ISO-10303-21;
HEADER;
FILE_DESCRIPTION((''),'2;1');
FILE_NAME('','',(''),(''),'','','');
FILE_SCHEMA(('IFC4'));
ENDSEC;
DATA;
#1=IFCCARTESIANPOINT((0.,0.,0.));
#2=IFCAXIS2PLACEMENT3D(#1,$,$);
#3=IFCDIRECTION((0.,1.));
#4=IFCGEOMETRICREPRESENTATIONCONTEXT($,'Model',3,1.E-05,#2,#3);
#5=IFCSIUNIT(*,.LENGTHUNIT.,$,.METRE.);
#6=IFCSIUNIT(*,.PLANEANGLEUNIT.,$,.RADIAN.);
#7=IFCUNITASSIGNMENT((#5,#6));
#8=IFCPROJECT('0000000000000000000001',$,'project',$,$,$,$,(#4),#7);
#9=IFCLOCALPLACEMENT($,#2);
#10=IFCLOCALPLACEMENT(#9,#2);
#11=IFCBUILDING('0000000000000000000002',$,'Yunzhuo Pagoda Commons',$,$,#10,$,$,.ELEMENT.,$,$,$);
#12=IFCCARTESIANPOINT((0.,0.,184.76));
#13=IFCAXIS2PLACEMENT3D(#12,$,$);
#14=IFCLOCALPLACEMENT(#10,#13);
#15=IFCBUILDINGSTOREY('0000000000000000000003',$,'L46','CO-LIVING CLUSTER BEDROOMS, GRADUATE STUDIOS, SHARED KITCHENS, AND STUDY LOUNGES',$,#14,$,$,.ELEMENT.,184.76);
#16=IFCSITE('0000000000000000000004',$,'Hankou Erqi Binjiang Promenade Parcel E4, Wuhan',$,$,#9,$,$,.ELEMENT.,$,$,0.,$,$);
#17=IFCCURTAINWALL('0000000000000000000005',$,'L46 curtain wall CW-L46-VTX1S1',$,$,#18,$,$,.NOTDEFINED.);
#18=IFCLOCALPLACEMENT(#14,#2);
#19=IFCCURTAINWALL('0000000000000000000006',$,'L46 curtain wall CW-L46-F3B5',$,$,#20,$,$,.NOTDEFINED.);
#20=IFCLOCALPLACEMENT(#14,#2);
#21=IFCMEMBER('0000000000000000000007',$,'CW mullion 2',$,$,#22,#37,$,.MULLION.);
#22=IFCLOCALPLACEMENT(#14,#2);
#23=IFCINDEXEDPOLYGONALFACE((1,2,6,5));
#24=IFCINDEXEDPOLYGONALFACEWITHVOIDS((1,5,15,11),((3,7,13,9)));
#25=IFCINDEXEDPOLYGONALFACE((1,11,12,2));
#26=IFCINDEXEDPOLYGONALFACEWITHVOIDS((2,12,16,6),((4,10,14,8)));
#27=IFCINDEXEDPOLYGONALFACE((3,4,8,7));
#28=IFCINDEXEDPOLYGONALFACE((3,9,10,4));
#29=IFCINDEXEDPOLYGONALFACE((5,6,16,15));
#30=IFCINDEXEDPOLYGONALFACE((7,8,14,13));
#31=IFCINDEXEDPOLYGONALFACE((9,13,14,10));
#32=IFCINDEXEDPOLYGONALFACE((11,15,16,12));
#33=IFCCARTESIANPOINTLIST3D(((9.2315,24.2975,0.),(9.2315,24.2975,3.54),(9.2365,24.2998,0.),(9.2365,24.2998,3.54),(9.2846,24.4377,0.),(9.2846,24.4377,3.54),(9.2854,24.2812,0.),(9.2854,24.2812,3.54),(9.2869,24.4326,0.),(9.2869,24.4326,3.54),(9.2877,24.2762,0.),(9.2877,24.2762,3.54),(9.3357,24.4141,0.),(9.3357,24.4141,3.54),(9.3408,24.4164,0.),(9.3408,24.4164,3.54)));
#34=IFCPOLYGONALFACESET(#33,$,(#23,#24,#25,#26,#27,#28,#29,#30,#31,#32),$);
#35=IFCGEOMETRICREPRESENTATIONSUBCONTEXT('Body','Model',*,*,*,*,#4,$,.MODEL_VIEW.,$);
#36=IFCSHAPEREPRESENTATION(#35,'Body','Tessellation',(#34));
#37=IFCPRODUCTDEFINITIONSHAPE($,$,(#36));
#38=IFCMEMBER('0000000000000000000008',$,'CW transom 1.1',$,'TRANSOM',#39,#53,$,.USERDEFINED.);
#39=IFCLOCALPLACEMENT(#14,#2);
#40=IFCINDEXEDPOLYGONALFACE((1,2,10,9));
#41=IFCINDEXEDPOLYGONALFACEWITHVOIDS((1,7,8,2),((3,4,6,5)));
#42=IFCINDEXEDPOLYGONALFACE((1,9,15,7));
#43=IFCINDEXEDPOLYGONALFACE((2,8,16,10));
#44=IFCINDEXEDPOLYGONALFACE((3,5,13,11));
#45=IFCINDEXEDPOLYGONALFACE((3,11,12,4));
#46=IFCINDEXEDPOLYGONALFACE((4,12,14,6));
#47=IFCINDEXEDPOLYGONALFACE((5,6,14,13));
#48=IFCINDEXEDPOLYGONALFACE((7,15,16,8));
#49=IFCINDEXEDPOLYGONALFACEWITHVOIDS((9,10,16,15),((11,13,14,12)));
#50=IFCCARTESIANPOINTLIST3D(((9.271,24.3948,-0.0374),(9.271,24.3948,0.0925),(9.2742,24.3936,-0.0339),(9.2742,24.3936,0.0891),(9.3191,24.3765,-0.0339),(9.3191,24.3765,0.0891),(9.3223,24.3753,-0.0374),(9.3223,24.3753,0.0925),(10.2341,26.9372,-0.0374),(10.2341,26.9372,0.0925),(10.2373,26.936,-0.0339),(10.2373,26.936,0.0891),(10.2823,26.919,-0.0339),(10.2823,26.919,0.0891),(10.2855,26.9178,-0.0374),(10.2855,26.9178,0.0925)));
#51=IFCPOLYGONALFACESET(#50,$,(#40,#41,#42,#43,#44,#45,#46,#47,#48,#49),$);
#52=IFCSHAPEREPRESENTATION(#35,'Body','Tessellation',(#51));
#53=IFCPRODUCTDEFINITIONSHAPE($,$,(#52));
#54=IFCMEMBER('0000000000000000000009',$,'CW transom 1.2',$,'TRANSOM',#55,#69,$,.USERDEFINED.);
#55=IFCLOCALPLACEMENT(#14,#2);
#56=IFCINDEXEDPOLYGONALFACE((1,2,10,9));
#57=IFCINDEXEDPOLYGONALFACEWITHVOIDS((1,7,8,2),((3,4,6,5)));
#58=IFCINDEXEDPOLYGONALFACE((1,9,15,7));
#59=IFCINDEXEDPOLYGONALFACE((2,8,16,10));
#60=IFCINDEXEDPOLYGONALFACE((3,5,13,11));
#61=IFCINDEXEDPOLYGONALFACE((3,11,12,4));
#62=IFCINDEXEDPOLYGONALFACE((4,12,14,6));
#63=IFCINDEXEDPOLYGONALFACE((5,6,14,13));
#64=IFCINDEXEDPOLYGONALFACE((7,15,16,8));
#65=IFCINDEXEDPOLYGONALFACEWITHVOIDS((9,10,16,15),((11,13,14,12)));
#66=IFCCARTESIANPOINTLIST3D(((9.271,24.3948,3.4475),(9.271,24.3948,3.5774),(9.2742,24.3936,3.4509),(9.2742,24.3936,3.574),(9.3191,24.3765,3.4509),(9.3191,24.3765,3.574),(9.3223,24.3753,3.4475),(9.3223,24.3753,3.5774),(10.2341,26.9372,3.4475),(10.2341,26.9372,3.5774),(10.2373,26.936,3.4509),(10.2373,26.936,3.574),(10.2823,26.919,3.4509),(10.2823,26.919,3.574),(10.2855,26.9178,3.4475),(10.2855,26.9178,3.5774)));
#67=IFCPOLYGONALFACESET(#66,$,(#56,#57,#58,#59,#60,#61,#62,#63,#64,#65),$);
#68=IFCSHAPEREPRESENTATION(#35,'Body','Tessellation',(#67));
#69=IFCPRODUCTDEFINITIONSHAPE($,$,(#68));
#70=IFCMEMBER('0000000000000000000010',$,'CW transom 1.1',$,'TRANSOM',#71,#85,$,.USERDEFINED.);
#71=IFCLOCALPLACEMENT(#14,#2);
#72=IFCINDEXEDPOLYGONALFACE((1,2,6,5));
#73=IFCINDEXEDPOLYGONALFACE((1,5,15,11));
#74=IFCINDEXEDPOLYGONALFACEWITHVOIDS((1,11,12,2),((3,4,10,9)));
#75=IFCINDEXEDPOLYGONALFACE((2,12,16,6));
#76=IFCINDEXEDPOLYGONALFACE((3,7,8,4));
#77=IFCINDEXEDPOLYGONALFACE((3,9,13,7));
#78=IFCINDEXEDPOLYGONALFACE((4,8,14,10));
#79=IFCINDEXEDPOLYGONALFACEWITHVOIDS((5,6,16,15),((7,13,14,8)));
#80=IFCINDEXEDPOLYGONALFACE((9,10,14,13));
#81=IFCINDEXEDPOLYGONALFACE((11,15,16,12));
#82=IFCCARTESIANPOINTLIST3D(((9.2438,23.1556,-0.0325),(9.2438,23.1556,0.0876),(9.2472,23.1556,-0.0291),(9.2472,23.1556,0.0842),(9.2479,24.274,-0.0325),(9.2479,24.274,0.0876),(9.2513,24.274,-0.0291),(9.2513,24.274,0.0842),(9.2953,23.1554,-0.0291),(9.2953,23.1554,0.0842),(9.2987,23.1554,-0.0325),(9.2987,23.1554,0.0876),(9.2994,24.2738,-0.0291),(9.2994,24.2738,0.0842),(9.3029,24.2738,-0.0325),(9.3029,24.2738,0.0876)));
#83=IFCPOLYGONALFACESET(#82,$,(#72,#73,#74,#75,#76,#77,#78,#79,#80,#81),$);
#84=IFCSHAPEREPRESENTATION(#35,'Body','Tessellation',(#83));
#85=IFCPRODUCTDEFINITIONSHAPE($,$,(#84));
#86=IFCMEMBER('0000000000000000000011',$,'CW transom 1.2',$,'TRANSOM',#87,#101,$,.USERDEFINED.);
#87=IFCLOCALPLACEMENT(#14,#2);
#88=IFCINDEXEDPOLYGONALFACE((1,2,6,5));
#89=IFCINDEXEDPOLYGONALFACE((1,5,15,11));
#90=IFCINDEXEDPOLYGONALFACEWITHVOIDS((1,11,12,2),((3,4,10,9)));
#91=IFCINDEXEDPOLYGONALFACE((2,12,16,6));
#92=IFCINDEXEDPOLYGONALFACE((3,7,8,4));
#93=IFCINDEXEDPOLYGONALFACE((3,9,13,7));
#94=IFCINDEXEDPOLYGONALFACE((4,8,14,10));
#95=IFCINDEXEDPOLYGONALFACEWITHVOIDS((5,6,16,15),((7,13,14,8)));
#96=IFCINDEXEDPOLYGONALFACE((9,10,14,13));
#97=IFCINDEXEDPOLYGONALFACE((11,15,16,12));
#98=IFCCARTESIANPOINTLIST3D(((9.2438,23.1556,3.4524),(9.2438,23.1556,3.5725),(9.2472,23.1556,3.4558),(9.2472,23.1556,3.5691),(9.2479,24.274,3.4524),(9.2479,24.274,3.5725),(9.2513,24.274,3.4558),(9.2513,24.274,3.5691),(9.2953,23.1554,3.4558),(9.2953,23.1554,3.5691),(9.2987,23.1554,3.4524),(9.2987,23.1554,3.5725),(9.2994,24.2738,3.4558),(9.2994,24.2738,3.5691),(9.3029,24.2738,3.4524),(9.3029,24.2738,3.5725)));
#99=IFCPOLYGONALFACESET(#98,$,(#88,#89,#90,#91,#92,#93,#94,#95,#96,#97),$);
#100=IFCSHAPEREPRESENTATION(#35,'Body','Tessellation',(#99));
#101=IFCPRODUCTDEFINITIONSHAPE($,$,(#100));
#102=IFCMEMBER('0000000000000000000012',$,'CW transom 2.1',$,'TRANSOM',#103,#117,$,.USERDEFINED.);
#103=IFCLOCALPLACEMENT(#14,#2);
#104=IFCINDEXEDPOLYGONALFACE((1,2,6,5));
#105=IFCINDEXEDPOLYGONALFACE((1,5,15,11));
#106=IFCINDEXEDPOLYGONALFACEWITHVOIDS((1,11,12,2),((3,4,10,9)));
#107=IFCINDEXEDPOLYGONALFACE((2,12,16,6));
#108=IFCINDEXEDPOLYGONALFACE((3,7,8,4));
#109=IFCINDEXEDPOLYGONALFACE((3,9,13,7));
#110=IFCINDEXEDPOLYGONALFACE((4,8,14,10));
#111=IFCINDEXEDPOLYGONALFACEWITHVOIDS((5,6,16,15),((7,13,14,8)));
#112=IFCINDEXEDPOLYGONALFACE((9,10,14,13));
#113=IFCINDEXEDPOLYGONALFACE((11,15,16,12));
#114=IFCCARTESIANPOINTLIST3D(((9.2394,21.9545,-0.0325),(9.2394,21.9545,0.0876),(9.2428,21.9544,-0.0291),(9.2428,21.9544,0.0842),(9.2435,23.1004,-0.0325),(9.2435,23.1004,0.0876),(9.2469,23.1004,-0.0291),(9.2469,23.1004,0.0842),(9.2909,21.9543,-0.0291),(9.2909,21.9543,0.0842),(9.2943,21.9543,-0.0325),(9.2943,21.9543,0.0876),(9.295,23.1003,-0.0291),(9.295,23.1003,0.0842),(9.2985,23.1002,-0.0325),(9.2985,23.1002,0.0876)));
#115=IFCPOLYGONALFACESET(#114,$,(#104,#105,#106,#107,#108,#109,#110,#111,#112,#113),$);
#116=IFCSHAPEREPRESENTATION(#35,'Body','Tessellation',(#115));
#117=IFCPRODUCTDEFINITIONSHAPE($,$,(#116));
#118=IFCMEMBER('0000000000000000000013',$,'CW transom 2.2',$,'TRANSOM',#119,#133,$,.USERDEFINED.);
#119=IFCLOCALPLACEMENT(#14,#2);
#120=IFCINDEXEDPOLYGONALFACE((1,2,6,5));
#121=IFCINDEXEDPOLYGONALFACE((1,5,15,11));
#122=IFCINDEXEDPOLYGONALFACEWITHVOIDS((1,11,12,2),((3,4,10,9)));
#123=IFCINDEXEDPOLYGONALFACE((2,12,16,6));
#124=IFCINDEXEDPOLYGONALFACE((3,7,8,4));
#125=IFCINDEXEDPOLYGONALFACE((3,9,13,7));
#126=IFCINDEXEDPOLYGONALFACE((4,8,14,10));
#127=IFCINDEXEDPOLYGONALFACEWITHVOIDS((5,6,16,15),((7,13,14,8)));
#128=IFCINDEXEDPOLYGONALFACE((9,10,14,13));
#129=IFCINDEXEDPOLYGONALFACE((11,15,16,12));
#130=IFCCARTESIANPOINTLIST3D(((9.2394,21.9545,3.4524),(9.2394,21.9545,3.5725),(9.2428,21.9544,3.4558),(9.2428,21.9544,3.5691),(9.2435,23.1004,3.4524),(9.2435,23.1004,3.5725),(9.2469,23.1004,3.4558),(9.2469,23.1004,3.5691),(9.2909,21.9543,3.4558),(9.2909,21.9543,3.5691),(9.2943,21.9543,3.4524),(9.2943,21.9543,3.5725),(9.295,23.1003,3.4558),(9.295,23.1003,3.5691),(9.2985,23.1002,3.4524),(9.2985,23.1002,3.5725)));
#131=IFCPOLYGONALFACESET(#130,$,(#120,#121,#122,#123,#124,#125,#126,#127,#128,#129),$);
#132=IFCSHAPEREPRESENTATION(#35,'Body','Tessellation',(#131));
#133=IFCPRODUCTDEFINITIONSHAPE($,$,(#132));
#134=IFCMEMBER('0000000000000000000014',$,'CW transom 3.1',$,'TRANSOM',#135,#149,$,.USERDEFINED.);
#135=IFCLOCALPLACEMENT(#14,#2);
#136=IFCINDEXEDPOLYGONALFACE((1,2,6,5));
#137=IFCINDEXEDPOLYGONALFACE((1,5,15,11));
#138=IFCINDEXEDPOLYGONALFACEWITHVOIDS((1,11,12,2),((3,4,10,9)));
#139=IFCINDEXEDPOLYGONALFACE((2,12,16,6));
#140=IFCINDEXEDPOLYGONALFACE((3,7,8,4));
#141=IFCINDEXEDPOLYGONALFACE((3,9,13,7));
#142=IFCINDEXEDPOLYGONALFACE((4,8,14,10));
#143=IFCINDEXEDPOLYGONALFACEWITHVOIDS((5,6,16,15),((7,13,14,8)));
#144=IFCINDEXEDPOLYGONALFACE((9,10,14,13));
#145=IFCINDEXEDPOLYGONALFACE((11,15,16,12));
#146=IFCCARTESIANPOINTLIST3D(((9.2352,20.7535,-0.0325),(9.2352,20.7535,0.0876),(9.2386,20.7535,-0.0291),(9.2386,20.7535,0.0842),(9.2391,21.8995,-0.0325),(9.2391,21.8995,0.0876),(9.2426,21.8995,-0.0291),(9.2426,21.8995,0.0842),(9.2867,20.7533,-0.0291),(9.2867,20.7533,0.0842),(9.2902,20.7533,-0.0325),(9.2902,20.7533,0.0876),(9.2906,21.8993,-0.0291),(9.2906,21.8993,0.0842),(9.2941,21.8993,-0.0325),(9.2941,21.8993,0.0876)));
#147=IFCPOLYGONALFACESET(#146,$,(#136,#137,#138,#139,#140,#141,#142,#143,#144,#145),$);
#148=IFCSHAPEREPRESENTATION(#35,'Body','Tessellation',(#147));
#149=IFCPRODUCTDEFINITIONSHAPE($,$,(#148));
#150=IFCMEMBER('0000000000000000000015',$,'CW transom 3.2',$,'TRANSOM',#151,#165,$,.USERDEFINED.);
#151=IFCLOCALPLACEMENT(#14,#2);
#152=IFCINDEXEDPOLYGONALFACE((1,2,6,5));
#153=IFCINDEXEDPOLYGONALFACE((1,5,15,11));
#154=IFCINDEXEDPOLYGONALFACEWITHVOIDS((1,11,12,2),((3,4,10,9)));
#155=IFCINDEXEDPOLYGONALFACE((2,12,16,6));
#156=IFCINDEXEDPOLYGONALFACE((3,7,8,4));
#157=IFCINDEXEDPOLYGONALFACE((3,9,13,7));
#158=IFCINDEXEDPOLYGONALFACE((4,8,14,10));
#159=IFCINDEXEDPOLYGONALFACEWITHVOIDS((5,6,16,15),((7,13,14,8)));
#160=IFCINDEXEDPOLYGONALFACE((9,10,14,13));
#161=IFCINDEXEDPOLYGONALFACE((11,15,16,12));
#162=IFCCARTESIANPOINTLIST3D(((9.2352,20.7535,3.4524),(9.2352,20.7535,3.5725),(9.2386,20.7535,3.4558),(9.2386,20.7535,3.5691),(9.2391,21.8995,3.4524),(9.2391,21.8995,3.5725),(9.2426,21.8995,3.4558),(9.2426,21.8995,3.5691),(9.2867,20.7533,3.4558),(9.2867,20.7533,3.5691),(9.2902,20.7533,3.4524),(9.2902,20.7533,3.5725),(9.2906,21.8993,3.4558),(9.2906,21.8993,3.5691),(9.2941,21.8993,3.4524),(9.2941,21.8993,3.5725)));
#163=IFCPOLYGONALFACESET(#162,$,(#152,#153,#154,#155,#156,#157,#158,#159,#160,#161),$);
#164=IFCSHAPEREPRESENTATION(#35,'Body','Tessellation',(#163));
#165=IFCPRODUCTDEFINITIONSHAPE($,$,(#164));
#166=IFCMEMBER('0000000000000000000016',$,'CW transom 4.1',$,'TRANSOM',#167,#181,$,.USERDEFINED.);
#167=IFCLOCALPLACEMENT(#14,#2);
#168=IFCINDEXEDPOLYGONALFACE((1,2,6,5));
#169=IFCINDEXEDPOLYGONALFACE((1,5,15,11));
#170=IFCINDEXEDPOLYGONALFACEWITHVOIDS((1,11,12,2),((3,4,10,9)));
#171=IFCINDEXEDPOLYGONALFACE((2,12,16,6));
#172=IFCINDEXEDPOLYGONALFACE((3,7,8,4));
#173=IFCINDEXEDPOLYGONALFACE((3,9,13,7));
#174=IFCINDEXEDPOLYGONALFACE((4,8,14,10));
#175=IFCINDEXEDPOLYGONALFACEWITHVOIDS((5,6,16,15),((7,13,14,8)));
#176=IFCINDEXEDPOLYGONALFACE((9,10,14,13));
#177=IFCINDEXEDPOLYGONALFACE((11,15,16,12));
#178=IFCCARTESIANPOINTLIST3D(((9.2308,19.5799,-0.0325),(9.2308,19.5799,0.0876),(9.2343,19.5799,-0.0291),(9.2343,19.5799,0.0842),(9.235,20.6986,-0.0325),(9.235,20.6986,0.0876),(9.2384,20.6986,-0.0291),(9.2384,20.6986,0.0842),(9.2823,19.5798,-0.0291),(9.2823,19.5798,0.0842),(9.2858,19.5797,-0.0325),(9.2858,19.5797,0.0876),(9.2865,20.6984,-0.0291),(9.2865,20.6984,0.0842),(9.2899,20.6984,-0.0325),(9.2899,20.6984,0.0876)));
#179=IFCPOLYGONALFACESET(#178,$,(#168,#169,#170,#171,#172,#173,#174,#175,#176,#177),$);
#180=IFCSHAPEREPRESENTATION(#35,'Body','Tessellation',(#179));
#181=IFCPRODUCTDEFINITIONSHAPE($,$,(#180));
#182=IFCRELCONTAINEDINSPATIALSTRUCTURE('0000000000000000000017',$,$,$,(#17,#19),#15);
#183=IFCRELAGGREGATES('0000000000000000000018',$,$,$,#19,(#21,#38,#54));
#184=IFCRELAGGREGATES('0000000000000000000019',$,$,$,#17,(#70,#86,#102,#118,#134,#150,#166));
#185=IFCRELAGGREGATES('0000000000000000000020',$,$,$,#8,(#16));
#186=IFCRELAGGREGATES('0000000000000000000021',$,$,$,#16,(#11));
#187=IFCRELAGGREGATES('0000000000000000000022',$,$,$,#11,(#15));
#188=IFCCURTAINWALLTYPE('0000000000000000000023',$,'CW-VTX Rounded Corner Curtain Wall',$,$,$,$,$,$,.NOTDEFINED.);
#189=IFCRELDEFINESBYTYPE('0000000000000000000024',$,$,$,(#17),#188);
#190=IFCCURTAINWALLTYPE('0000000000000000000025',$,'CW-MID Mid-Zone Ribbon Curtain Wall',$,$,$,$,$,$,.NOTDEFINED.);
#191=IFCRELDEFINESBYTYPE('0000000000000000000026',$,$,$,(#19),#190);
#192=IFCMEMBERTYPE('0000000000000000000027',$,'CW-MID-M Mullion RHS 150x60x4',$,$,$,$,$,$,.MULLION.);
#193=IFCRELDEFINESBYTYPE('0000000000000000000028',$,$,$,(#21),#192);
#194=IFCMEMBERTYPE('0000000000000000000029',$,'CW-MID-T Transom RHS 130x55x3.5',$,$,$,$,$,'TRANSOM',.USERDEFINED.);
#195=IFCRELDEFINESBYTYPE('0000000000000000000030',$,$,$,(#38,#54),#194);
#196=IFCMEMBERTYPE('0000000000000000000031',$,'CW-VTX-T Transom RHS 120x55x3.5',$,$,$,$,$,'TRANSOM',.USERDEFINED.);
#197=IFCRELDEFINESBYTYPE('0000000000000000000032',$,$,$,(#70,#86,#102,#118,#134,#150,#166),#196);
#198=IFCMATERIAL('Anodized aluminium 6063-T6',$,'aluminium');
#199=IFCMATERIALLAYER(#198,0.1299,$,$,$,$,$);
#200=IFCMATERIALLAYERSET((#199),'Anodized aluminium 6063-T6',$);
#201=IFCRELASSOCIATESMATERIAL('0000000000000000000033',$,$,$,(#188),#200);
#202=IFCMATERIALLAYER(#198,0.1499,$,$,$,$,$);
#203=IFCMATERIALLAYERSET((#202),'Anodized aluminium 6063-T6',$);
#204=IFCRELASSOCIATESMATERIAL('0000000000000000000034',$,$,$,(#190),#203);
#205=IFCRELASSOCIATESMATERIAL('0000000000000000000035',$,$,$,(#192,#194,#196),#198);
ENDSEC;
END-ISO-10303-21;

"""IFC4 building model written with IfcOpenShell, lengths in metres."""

from ifc_helpers import new_model, si_unit, direction, frame, origin, origin_2d, place, context, subcontext, project, spatial, hollow_rectangle, extrude, source, transform, mapped, material, layer, layer_set, material_profile, profile_set, type_object, element, aggregate, save


model = new_model("IFC4")

# Units and contexts
model_context = context("Model", 3, precision=1e-05, world=origin(), true_north=direction((0.0, 1.0)))
body_context = subcontext(model_context, "Body", "Model", "MODEL_VIEW")
ifc_project = project(units=[si_unit("LENGTHUNIT", "METRE"), si_unit("PLANEANGLEUNIT", "RADIAN")], contexts=[model_context])

# Site, building, storey
site_placement = place(None, origin())
site = spatial("IfcSite", under=ifc_project, at=site_placement, Name="Hankou Erqi Binjiang Promenade Parcel E4, Wuhan", CompositionType="ELEMENT", RefElevation=0.0)
building_placement = place(site_placement, origin())
building = spatial("IfcBuilding", under=site, at=building_placement, Name="Yunzhuo Pagoda Commons", CompositionType="ELEMENT")
storey_placement = place(building_placement, frame((0.0, 0.0, 184.76)))
storey = spatial("IfcBuildingStorey", under=building, at=storey_placement, Name="L46", Description="CO-LIVING CLUSTER BEDROOMS, GRADUATE STUDIOS, SHARED KITCHENS, AND STUDY LOUNGES", CompositionType="ELEMENT", Elevation=184.76)

# Curtain wall
ifc_material_1 = material(Name="Anodized aluminium 6063-T6", Category="aluminium")
ifc_layer_1 = layer(ifc_material_1, 0.1299)
ifc_layer_set_1 = layer_set([ifc_layer_1], Name="Anodized aluminium 6063-T6")
curtain_wall_type_1 = type_object("IfcCurtainWallType", Name="CW-VTX Rounded Corner Curtain Wall", PredefinedType="NOTDEFINED", material=ifc_layer_set_1)
curtain_wall_1_placement = place(storey_placement, origin())
curtain_wall_1 = element("IfcCurtainWall", 1, at=curtain_wall_1_placement, inside=storey, type_object=curtain_wall_type_1, Name="L46 curtain wall CW-L46-VTX1S1", PredefinedType="NOTDEFINED")

# Shared definitions
ifc_layer_2 = layer(ifc_material_1, 0.1499)
ifc_layer_set_2 = layer_set([ifc_layer_2], Name="Anodized aluminium 6063-T6")
curtain_wall_type_2 = type_object("IfcCurtainWallType", Name="CW-MID Mid-Zone Ribbon Curtain Wall", PredefinedType="NOTDEFINED", material=ifc_layer_set_2)
ifc_material_profile_1 = material_profile(ifc_material_1, hollow_rectangle(XDim=0.0601, YDim=0.1499, WallThickness=0.0039, at=origin_2d()), Name="Anodized aluminium 6063-T6")
ifc_profile_set_1 = profile_set([ifc_material_profile_1], Name="Anodized aluminium 6063-T6")
member_type_1 = type_object("IfcMemberType", Name="CW-MID-M Mullion RHS 150x60x4", PredefinedType="MULLION", material=ifc_profile_set_1)
shared_shape_1 = source(origin(), body_context, "Body", "SweptSolid", [
    extrude(hollow_rectangle(XDim=0.0601, YDim=0.1499, WallThickness=0.0039, at=origin_2d()), origin(), (0.0, 0.0, 1.0), 3.54),
])

# Curtain wall, members
curtain_wall_2_placement = place(storey_placement, origin())
curtain_wall_2 = element("IfcCurtainWall", 2, at=curtain_wall_2_placement, inside=storey, type_object=curtain_wall_type_2, Name="L46 curtain wall CW-L46-F3B5", PredefinedType="NOTDEFINED")
member_1_placement = place(storey_placement, frame((9.2861, 24.3569, 0.0), z_axis=(0.0, 0.0, 1.0), x_axis=(0.935148, -0.354256, 0.0)))
member_1 = element("IfcMember", 3, at=member_1_placement, type_object=member_type_1, Name="CW mullion 2", PredefinedType="MULLION", context=body_context, shape_type="MappedRepresentation", body=[
    mapped(shared_shape_1, transform((0.0, 0.0, 0.0), scale=1.0)),
])
ifc_material_profile_2 = material_profile(ifc_material_1, hollow_rectangle(XDim=0.0549, YDim=0.1299, WallThickness=0.0034, at=origin_2d()), Name="Anodized aluminium 6063-T6")
ifc_profile_set_2 = profile_set([ifc_material_profile_2], Name="Anodized aluminium 6063-T6")
member_type_2 = type_object("IfcMemberType", Name="CW-MID-T Transom RHS 130x55x3.5", ElementType="TRANSOM", PredefinedType="USERDEFINED", material=ifc_profile_set_2)
shared_shape_2 = source(origin(), body_context, "Body", "SweptSolid", [
    extrude(hollow_rectangle(XDim=0.0549, YDim=0.1299, WallThickness=0.0034, at=origin_2d()), origin(), (0.0, 0.0, 1.0), 2.7188),
])
member_2_placement = place(storey_placement, frame((10.2598, 26.9275, 0.0276), z_axis=(-0.354251, -0.93515, 0.0), x_axis=(0.93515, -0.354251, 0.0)))
member_2 = element("IfcMember", 4, at=member_2_placement, type_object=member_type_2, Name="CW transom 1.1", ObjectType="TRANSOM", PredefinedType="USERDEFINED", context=body_context, shape_type="MappedRepresentation", body=[
    mapped(shared_shape_2, transform((0.0, 0.0, 0.0), scale=1.0)),
])
member_3_placement = place(storey_placement, frame((10.2598, 26.9275, 3.5125), z_axis=(-0.354251, -0.93515, 0.0), x_axis=(0.93515, -0.354251, 0.0)))
member_3 = element("IfcMember", 5, at=member_3_placement, type_object=member_type_2, Name="CW transom 1.2", ObjectType="TRANSOM", PredefinedType="USERDEFINED", context=body_context, shape_type="MappedRepresentation", body=[
    mapped(shared_shape_2, transform((0.0, 0.0, 0.0), scale=1.0)),
])

# Members
ifc_material_profile_3 = material_profile(ifc_material_1, hollow_rectangle(XDim=0.0549, YDim=0.1201, WallThickness=0.0034, at=origin_2d()), Name="Anodized aluminium 6063-T6")
ifc_profile_set_3 = profile_set([ifc_material_profile_3], Name="Anodized aluminium 6063-T6")
member_type_3 = type_object("IfcMemberType", Name="CW-VTX-T Transom RHS 120x55x3.5", ElementType="TRANSOM", PredefinedType="USERDEFINED", material=ifc_profile_set_3)
shared_shape_3 = source(origin(), body_context, "Body", "SweptSolid", [
    extrude(hollow_rectangle(XDim=0.0549, YDim=0.1201, WallThickness=0.0034, at=origin_2d()), origin(), (0.0, 0.0, 1.0), 1.1184),
])
member_4_placement = place(storey_placement, frame((9.2754, 24.2739, 0.0276), z_axis=(-0.003711, -0.999993, 0.0), x_axis=(0.999993, -0.003711, 0.0)))
member_4 = element("IfcMember", 6, at=member_4_placement, type_object=member_type_3, Name="CW transom 1.1", ObjectType="TRANSOM", PredefinedType="USERDEFINED", context=body_context, shape_type="MappedRepresentation", body=[
    mapped(shared_shape_3, transform((0.0, 0.0, 0.0), scale=1.0)),
])
member_5_placement = place(storey_placement, frame((9.2754, 24.2739, 3.5125), z_axis=(-0.003711, -0.999993, 0.0), x_axis=(0.999993, -0.003711, 0.0)))
member_5 = element("IfcMember", 7, at=member_5_placement, type_object=member_type_3, Name="CW transom 1.2", ObjectType="TRANSOM", PredefinedType="USERDEFINED", context=body_context, shape_type="MappedRepresentation", body=[
    mapped(shared_shape_3, transform((0.0, 0.0, 0.0), scale=1.0)),
])
shared_shape_4 = source(origin(), body_context, "Body", "SweptSolid", [
    extrude(hollow_rectangle(XDim=0.0549, YDim=0.1201, WallThickness=0.0034, at=origin_2d()), origin(), (0.0, 0.0, 1.0), 1.146),
])
member_6_placement = place(storey_placement, frame((9.271, 23.1003, 0.0276), z_axis=(-0.003622, -0.999993, 0.0), x_axis=(0.999993, -0.003622, 0.0)))
member_6 = element("IfcMember", 8, at=member_6_placement, type_object=member_type_3, Name="CW transom 2.1", ObjectType="TRANSOM", PredefinedType="USERDEFINED", context=body_context, shape_type="MappedRepresentation", body=[
    mapped(shared_shape_4, transform((0.0, 0.0, 0.0), scale=1.0)),
])
member_7_placement = place(storey_placement, frame((9.271, 23.1003, 3.5125), z_axis=(-0.003622, -0.999993, 0.0), x_axis=(0.999993, -0.003622, 0.0)))
member_7 = element("IfcMember", 9, at=member_7_placement, type_object=member_type_3, Name="CW transom 2.2", ObjectType="TRANSOM", PredefinedType="USERDEFINED", context=body_context, shape_type="MappedRepresentation", body=[
    mapped(shared_shape_4, transform((0.0, 0.0, 0.0), scale=1.0)),
])
member_8_placement = place(storey_placement, frame((9.2666, 21.8994, 0.0276), z_axis=(-0.003409, -0.999994, 0.0), x_axis=(0.999994, -0.003409, 0.0)))
member_8 = element("IfcMember", 10, at=member_8_placement, type_object=member_type_3, Name="CW transom 3.1", ObjectType="TRANSOM", PredefinedType="USERDEFINED", context=body_context, shape_type="MappedRepresentation", body=[
    mapped(shared_shape_4, transform((0.0, 0.0, 0.0), scale=1.0)),
])
member_9_placement = place(storey_placement, frame((9.2666, 21.8994, 3.5125), z_axis=(-0.003409, -0.999994, 0.0), x_axis=(0.999994, -0.003409, 0.0)))
member_9 = element("IfcMember", 11, at=member_9_placement, type_object=member_type_3, Name="CW transom 3.2", ObjectType="TRANSOM", PredefinedType="USERDEFINED", context=body_context, shape_type="MappedRepresentation", body=[
    mapped(shared_shape_4, transform((0.0, 0.0, 0.0), scale=1.0)),
])
shared_shape_5 = source(origin(), body_context, "Body", "SweptSolid", [
    extrude(hollow_rectangle(XDim=0.0549, YDim=0.1201, WallThickness=0.0034, at=origin_2d()), origin(), (0.0, 0.0, 1.0), 1.1187),
])
member_10_placement = place(storey_placement, frame((9.2625, 20.6985, 0.0276), z_axis=(-0.00371, -0.999993, 0.0), x_axis=(0.999993, -0.00371, 0.0)))
member_10 = element("IfcMember", 12, at=member_10_placement, type_object=member_type_3, Name="CW transom 4.1", ObjectType="TRANSOM", PredefinedType="USERDEFINED", context=body_context, shape_type="MappedRepresentation", body=[
    mapped(shared_shape_5, transform((0.0, 0.0, 0.0), scale=1.0)),
])

aggregate(curtain_wall_2, [member_1, member_2, member_3])
aggregate(curtain_wall_1, [member_4, member_5, member_6, member_7, member_8, member_9, member_10])

save(model, "model.ifc")
